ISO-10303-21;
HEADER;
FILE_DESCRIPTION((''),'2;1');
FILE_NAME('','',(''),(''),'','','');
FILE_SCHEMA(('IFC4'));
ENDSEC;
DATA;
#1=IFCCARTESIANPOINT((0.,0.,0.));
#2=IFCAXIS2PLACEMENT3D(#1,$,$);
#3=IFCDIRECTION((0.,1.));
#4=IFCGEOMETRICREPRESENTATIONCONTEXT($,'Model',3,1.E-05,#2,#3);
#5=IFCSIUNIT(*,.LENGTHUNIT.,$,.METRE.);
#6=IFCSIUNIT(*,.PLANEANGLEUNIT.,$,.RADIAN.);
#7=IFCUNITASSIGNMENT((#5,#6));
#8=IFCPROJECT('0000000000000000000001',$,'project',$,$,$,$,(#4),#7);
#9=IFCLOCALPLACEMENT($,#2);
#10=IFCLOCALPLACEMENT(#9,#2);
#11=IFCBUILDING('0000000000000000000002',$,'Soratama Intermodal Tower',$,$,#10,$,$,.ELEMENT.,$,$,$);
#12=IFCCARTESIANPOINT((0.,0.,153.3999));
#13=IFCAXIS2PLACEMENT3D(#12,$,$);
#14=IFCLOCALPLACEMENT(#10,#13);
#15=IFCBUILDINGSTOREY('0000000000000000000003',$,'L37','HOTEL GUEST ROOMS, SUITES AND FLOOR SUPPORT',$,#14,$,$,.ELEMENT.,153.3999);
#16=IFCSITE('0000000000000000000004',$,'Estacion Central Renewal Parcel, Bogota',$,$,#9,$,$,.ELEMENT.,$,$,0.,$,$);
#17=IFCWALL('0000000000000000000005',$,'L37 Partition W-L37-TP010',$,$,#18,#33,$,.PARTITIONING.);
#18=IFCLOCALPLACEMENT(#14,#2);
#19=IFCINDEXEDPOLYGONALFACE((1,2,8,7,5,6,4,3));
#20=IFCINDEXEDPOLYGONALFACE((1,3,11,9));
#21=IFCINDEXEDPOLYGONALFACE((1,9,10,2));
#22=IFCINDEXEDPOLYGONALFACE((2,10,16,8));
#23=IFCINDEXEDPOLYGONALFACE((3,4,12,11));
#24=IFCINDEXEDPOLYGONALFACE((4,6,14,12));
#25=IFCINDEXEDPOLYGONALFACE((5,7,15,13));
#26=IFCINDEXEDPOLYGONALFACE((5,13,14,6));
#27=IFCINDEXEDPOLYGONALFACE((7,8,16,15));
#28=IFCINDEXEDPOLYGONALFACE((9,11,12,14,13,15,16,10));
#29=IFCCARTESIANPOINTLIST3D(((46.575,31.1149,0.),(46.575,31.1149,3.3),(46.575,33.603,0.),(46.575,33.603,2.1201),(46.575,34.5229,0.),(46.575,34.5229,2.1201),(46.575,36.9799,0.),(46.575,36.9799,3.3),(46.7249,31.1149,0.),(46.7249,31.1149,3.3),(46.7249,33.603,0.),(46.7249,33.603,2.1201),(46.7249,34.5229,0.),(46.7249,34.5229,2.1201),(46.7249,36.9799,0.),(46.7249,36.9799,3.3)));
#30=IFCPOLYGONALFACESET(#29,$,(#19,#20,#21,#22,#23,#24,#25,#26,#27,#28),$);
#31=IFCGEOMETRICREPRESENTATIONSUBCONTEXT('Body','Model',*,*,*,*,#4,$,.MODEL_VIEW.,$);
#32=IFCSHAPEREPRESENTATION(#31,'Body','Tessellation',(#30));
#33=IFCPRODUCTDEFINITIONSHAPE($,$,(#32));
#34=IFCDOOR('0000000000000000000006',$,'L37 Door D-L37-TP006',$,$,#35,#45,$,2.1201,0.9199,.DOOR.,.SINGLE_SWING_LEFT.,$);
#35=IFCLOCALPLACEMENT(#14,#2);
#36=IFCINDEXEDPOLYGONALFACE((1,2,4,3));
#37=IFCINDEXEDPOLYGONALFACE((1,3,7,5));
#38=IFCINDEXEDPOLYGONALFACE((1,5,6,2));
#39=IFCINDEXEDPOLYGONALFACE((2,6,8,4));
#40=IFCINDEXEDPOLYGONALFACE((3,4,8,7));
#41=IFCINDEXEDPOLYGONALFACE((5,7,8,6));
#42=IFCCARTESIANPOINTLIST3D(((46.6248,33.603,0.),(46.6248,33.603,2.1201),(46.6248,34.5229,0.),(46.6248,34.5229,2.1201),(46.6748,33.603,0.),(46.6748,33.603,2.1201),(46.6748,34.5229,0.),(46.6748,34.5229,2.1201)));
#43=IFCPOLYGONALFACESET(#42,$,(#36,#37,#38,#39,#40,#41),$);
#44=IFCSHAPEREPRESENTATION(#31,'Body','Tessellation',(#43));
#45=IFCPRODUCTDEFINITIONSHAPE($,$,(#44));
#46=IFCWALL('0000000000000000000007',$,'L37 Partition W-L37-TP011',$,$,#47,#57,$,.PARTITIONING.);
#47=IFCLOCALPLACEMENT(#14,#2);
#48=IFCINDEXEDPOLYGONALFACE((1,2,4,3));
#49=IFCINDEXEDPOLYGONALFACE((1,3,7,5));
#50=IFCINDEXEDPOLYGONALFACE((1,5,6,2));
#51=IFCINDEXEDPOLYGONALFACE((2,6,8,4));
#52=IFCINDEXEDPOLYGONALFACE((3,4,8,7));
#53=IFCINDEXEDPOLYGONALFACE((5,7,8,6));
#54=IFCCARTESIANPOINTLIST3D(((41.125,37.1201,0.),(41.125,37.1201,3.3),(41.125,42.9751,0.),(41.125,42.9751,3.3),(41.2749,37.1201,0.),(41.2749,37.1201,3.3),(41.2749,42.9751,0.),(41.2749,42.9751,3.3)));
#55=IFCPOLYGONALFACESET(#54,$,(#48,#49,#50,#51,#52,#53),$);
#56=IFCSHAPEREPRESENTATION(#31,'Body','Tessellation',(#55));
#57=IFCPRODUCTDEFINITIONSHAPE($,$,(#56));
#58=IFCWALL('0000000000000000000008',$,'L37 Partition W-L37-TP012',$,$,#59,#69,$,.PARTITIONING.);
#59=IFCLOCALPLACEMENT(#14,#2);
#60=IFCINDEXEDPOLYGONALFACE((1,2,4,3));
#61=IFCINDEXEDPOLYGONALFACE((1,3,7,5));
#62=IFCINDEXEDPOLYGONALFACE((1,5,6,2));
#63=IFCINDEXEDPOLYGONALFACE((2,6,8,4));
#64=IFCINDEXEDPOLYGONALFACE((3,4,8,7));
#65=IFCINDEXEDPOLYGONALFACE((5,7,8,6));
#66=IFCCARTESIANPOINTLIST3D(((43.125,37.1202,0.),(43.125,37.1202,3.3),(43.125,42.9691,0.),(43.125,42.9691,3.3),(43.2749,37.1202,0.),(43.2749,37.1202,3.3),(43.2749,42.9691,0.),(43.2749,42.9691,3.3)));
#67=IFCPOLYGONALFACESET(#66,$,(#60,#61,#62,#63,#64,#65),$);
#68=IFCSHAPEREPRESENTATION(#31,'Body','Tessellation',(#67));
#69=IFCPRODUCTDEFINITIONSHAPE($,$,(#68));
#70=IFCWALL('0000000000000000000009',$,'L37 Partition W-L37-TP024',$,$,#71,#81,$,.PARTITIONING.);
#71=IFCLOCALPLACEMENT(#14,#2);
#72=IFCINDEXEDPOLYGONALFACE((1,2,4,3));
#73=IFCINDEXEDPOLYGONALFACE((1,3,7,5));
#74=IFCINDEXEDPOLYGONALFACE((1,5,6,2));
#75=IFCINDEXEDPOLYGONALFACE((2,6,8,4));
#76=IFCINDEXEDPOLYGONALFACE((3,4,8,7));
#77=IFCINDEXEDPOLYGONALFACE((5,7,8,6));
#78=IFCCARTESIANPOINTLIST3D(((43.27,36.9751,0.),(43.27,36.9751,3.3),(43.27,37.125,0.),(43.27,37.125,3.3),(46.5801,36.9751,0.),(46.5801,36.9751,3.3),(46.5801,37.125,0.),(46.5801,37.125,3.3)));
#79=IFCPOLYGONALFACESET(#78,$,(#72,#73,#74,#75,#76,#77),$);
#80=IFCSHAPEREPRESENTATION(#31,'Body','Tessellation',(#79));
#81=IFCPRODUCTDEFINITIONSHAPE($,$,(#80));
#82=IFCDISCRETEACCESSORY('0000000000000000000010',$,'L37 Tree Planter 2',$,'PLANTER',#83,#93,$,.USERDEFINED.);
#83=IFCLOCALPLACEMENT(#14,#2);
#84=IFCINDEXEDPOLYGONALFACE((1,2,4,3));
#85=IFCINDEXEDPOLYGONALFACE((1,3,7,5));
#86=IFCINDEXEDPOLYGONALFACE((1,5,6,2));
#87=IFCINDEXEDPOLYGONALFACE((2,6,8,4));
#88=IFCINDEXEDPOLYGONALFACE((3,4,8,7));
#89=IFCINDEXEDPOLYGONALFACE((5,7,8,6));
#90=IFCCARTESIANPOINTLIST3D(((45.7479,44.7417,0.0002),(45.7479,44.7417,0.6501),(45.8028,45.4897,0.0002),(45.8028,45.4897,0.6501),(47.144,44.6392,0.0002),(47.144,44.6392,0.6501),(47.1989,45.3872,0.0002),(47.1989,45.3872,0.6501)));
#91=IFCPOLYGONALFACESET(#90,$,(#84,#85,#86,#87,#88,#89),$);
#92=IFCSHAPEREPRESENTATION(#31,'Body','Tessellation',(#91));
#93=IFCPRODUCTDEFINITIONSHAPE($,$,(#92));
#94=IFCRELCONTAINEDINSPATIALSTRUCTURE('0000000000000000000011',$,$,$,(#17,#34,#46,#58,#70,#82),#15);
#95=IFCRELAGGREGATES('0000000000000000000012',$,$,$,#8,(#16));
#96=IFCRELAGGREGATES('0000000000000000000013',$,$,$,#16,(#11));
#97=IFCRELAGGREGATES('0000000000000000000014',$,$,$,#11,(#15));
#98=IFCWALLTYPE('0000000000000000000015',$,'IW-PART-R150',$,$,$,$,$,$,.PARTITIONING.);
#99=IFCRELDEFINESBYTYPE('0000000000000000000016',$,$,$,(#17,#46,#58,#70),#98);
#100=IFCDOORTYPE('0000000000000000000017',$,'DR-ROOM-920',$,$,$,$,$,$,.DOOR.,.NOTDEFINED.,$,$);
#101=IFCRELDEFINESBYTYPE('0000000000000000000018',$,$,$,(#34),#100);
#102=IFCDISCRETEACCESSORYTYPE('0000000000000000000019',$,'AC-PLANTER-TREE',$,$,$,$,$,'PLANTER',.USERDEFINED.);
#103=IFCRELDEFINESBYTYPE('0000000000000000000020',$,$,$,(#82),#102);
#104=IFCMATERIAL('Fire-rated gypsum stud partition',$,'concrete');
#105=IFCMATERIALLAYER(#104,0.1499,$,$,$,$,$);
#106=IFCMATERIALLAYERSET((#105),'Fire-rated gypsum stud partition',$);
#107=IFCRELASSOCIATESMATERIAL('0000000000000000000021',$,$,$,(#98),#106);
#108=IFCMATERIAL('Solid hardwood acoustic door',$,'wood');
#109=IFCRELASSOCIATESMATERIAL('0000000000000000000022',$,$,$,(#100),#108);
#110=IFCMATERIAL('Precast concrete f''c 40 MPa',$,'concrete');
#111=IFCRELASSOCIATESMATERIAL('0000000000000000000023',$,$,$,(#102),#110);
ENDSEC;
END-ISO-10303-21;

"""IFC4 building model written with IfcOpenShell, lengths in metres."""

from ifc_helpers import new_model, si_unit, direction, frame, frame_2d, origin, origin_2d, place, context, subcontext, project, spatial, rectangle, extrude, material, layer, layer_set, type_object, element, fill, save


model = new_model("IFC4")

# Units and contexts
model_context = context("Model", 3, precision=1e-05, world=origin(), true_north=direction((0.0, 1.0)))
body_context = subcontext(model_context, "Body", "Model", "MODEL_VIEW")
ifc_project = project(units=[si_unit("LENGTHUNIT", "METRE"), si_unit("PLANEANGLEUNIT", "RADIAN")], contexts=[model_context])

# Site, building, storey
site_placement = place(None, origin())
site = spatial("IfcSite", under=ifc_project, at=site_placement, Name="Estacion Central Renewal Parcel, Bogota", CompositionType="ELEMENT", RefElevation=0.0)
building_placement = place(site_placement, origin())
building = spatial("IfcBuilding", under=site, at=building_placement, Name="Soratama Intermodal Tower", CompositionType="ELEMENT")
storey_placement = place(building_placement, frame((0.0, 0.0, 153.3999)))
storey = spatial("IfcBuildingStorey", under=building, at=storey_placement, Name="L37", Description="HOTEL GUEST ROOMS, SUITES AND FLOOR SUPPORT", CompositionType="ELEMENT", Elevation=153.3999)

# Wall, opening, door
ifc_material_1 = material(Name="Fire-rated gypsum stud partition", Category="concrete")
ifc_layer_1 = layer(ifc_material_1, 0.1499)
ifc_layer_set_1 = layer_set([ifc_layer_1], Name="Fire-rated gypsum stud partition")
wall_type_1 = type_object("IfcWallType", Name="IW-PART-R150", PredefinedType="PARTITIONING", material=ifc_layer_set_1)
wall_1_placement = place(storey_placement, frame((46.6499, 36.98, 0.0), z_axis=(0.0, 0.0, 1.0), x_axis=(0.0, -1.0, 0.0)))
wall_1 = element("IfcWall", 1, at=wall_1_placement, inside=storey, type_object=wall_type_1, Name="L37 Partition W-L37-TP010", PredefinedType="PARTITIONING", context=body_context, shape_type="SweptSolid", body=[
    extrude(rectangle(XDim=5.865, YDim=0.1499, at=frame_2d((2.9326, 0.0))), origin(), (0.0, 0.0, 1.0), 3.3),
])
opening_1_placement = place(wall_1_placement, frame((2.457, 0.0, 0.0)))
opening_1 = element("IfcOpeningElement", 2, at=opening_1_placement, cuts=wall_1, PredefinedType="OPENING", context=body_context, shape_type="SweptSolid", body=[
    extrude(rectangle(XDim=0.9199, YDim=2.1201, at=frame_2d((0.46, 1.0601))), frame((0.0, 0.085, 0.0), z_axis=(0.0, -1.0, 0.0), x_axis=(1.0, 0.0, 0.0)), (0.0, 0.0, 1.0), 0.1699),
])
ifc_material_2 = material(Name="Solid hardwood acoustic door", Category="wood")
door_type_1 = type_object("IfcDoorType", Name="DR-ROOM-920", OperationType="NOTDEFINED", PredefinedType="DOOR", material=ifc_material_2)
door_1_placement = place(opening_1_placement, origin())
door_1 = element("IfcDoor", 3, at=door_1_placement, inside=storey, type_object=door_type_1, Name="L37 Door D-L37-TP006", OperationType="SINGLE_SWING_LEFT", OverallHeight=2.1201, OverallWidth=0.9199, PredefinedType="DOOR", context=body_context, shape_type="SweptSolid", body=[
    extrude(rectangle(XDim=0.9199, YDim=2.1201, at=frame_2d((0.46, 1.0601))), frame((0.0, 0.0249, 0.0), z_axis=(0.0, -1.0, 0.0), x_axis=(1.0, 0.0, 0.0)), (0.0, 0.0, 1.0), 0.05),
])
fill(opening_1, door_1)

# Walls
wall_2_placement = place(storey_placement, frame((41.2, 37.1201, 0.0), z_axis=(0.0, 0.0, 1.0), x_axis=(0.0, 1.0, 0.0)))
element("IfcWall", 4, at=wall_2_placement, inside=storey, type_object=wall_type_1, Name="L37 Partition W-L37-TP011", PredefinedType="PARTITIONING", context=body_context, shape_type="SweptSolid", body=[
    extrude(rectangle(XDim=5.855, YDim=0.1499, at=frame_2d((2.9275, 0.0))), origin(), (0.0, 0.0, 1.0), 3.3),
])
wall_3_placement = place(storey_placement, frame((43.2, 42.969, 0.0), z_axis=(0.0, 0.0, 1.0), x_axis=(0.0, -1.0, 0.0)))
element("IfcWall", 5, at=wall_3_placement, inside=storey, type_object=wall_type_1, Name="L37 Partition W-L37-TP012", PredefinedType="PARTITIONING", context=body_context, shape_type="SweptSolid", body=[
    extrude(rectangle(XDim=5.8489, YDim=0.1499, at=frame_2d((2.9243, 0.0))), origin(), (0.0, 0.0, 1.0), 3.3),
])
wall_4_placement = place(storey_placement, frame((43.27, 37.05, 0.0), z_axis=(0.0, 0.0, 1.0), x_axis=(1.0, 0.0, 0.0)))
element("IfcWall", 6, at=wall_4_placement, inside=storey, type_object=wall_type_1, Name="L37 Partition W-L37-TP024", PredefinedType="PARTITIONING", context=body_context, shape_type="SweptSolid", body=[
    extrude(rectangle(XDim=3.3101, YDim=0.1499, at=frame_2d((1.655, 0.0))), origin(), (0.0, 0.0, 1.0), 3.3),
])

# Discrete accessory
ifc_material_3 = material(Name="Precast concrete f'c 40 MPa", Category="concrete")
discrete_accessory_type = type_object("IfcDiscreteAccessoryType", Name="AC-PLANTER-TREE", ElementType="PLANTER", PredefinedType="USERDEFINED", material=ifc_material_3)
discrete_accessory_placement = place(storey_placement, frame((46.4734, 45.0645, 0.0002), z_axis=(0.0, 0.0, 1.0), x_axis=(0.073238, 0.997314, 0.0)))
element("IfcDiscreteAccessory", 7, at=discrete_accessory_placement, inside=storey, type_object=discrete_accessory_type, Name="L37 Tree Planter 2", ObjectType="PLANTER", PredefinedType="USERDEFINED", context=body_context, shape_type="SweptSolid", body=[
    extrude(rectangle(XDim=0.75, YDim=1.3999, at=origin_2d()), origin(), (0.0, 0.0, 1.0), 0.6499),
])

save(model, "model.ifc")
